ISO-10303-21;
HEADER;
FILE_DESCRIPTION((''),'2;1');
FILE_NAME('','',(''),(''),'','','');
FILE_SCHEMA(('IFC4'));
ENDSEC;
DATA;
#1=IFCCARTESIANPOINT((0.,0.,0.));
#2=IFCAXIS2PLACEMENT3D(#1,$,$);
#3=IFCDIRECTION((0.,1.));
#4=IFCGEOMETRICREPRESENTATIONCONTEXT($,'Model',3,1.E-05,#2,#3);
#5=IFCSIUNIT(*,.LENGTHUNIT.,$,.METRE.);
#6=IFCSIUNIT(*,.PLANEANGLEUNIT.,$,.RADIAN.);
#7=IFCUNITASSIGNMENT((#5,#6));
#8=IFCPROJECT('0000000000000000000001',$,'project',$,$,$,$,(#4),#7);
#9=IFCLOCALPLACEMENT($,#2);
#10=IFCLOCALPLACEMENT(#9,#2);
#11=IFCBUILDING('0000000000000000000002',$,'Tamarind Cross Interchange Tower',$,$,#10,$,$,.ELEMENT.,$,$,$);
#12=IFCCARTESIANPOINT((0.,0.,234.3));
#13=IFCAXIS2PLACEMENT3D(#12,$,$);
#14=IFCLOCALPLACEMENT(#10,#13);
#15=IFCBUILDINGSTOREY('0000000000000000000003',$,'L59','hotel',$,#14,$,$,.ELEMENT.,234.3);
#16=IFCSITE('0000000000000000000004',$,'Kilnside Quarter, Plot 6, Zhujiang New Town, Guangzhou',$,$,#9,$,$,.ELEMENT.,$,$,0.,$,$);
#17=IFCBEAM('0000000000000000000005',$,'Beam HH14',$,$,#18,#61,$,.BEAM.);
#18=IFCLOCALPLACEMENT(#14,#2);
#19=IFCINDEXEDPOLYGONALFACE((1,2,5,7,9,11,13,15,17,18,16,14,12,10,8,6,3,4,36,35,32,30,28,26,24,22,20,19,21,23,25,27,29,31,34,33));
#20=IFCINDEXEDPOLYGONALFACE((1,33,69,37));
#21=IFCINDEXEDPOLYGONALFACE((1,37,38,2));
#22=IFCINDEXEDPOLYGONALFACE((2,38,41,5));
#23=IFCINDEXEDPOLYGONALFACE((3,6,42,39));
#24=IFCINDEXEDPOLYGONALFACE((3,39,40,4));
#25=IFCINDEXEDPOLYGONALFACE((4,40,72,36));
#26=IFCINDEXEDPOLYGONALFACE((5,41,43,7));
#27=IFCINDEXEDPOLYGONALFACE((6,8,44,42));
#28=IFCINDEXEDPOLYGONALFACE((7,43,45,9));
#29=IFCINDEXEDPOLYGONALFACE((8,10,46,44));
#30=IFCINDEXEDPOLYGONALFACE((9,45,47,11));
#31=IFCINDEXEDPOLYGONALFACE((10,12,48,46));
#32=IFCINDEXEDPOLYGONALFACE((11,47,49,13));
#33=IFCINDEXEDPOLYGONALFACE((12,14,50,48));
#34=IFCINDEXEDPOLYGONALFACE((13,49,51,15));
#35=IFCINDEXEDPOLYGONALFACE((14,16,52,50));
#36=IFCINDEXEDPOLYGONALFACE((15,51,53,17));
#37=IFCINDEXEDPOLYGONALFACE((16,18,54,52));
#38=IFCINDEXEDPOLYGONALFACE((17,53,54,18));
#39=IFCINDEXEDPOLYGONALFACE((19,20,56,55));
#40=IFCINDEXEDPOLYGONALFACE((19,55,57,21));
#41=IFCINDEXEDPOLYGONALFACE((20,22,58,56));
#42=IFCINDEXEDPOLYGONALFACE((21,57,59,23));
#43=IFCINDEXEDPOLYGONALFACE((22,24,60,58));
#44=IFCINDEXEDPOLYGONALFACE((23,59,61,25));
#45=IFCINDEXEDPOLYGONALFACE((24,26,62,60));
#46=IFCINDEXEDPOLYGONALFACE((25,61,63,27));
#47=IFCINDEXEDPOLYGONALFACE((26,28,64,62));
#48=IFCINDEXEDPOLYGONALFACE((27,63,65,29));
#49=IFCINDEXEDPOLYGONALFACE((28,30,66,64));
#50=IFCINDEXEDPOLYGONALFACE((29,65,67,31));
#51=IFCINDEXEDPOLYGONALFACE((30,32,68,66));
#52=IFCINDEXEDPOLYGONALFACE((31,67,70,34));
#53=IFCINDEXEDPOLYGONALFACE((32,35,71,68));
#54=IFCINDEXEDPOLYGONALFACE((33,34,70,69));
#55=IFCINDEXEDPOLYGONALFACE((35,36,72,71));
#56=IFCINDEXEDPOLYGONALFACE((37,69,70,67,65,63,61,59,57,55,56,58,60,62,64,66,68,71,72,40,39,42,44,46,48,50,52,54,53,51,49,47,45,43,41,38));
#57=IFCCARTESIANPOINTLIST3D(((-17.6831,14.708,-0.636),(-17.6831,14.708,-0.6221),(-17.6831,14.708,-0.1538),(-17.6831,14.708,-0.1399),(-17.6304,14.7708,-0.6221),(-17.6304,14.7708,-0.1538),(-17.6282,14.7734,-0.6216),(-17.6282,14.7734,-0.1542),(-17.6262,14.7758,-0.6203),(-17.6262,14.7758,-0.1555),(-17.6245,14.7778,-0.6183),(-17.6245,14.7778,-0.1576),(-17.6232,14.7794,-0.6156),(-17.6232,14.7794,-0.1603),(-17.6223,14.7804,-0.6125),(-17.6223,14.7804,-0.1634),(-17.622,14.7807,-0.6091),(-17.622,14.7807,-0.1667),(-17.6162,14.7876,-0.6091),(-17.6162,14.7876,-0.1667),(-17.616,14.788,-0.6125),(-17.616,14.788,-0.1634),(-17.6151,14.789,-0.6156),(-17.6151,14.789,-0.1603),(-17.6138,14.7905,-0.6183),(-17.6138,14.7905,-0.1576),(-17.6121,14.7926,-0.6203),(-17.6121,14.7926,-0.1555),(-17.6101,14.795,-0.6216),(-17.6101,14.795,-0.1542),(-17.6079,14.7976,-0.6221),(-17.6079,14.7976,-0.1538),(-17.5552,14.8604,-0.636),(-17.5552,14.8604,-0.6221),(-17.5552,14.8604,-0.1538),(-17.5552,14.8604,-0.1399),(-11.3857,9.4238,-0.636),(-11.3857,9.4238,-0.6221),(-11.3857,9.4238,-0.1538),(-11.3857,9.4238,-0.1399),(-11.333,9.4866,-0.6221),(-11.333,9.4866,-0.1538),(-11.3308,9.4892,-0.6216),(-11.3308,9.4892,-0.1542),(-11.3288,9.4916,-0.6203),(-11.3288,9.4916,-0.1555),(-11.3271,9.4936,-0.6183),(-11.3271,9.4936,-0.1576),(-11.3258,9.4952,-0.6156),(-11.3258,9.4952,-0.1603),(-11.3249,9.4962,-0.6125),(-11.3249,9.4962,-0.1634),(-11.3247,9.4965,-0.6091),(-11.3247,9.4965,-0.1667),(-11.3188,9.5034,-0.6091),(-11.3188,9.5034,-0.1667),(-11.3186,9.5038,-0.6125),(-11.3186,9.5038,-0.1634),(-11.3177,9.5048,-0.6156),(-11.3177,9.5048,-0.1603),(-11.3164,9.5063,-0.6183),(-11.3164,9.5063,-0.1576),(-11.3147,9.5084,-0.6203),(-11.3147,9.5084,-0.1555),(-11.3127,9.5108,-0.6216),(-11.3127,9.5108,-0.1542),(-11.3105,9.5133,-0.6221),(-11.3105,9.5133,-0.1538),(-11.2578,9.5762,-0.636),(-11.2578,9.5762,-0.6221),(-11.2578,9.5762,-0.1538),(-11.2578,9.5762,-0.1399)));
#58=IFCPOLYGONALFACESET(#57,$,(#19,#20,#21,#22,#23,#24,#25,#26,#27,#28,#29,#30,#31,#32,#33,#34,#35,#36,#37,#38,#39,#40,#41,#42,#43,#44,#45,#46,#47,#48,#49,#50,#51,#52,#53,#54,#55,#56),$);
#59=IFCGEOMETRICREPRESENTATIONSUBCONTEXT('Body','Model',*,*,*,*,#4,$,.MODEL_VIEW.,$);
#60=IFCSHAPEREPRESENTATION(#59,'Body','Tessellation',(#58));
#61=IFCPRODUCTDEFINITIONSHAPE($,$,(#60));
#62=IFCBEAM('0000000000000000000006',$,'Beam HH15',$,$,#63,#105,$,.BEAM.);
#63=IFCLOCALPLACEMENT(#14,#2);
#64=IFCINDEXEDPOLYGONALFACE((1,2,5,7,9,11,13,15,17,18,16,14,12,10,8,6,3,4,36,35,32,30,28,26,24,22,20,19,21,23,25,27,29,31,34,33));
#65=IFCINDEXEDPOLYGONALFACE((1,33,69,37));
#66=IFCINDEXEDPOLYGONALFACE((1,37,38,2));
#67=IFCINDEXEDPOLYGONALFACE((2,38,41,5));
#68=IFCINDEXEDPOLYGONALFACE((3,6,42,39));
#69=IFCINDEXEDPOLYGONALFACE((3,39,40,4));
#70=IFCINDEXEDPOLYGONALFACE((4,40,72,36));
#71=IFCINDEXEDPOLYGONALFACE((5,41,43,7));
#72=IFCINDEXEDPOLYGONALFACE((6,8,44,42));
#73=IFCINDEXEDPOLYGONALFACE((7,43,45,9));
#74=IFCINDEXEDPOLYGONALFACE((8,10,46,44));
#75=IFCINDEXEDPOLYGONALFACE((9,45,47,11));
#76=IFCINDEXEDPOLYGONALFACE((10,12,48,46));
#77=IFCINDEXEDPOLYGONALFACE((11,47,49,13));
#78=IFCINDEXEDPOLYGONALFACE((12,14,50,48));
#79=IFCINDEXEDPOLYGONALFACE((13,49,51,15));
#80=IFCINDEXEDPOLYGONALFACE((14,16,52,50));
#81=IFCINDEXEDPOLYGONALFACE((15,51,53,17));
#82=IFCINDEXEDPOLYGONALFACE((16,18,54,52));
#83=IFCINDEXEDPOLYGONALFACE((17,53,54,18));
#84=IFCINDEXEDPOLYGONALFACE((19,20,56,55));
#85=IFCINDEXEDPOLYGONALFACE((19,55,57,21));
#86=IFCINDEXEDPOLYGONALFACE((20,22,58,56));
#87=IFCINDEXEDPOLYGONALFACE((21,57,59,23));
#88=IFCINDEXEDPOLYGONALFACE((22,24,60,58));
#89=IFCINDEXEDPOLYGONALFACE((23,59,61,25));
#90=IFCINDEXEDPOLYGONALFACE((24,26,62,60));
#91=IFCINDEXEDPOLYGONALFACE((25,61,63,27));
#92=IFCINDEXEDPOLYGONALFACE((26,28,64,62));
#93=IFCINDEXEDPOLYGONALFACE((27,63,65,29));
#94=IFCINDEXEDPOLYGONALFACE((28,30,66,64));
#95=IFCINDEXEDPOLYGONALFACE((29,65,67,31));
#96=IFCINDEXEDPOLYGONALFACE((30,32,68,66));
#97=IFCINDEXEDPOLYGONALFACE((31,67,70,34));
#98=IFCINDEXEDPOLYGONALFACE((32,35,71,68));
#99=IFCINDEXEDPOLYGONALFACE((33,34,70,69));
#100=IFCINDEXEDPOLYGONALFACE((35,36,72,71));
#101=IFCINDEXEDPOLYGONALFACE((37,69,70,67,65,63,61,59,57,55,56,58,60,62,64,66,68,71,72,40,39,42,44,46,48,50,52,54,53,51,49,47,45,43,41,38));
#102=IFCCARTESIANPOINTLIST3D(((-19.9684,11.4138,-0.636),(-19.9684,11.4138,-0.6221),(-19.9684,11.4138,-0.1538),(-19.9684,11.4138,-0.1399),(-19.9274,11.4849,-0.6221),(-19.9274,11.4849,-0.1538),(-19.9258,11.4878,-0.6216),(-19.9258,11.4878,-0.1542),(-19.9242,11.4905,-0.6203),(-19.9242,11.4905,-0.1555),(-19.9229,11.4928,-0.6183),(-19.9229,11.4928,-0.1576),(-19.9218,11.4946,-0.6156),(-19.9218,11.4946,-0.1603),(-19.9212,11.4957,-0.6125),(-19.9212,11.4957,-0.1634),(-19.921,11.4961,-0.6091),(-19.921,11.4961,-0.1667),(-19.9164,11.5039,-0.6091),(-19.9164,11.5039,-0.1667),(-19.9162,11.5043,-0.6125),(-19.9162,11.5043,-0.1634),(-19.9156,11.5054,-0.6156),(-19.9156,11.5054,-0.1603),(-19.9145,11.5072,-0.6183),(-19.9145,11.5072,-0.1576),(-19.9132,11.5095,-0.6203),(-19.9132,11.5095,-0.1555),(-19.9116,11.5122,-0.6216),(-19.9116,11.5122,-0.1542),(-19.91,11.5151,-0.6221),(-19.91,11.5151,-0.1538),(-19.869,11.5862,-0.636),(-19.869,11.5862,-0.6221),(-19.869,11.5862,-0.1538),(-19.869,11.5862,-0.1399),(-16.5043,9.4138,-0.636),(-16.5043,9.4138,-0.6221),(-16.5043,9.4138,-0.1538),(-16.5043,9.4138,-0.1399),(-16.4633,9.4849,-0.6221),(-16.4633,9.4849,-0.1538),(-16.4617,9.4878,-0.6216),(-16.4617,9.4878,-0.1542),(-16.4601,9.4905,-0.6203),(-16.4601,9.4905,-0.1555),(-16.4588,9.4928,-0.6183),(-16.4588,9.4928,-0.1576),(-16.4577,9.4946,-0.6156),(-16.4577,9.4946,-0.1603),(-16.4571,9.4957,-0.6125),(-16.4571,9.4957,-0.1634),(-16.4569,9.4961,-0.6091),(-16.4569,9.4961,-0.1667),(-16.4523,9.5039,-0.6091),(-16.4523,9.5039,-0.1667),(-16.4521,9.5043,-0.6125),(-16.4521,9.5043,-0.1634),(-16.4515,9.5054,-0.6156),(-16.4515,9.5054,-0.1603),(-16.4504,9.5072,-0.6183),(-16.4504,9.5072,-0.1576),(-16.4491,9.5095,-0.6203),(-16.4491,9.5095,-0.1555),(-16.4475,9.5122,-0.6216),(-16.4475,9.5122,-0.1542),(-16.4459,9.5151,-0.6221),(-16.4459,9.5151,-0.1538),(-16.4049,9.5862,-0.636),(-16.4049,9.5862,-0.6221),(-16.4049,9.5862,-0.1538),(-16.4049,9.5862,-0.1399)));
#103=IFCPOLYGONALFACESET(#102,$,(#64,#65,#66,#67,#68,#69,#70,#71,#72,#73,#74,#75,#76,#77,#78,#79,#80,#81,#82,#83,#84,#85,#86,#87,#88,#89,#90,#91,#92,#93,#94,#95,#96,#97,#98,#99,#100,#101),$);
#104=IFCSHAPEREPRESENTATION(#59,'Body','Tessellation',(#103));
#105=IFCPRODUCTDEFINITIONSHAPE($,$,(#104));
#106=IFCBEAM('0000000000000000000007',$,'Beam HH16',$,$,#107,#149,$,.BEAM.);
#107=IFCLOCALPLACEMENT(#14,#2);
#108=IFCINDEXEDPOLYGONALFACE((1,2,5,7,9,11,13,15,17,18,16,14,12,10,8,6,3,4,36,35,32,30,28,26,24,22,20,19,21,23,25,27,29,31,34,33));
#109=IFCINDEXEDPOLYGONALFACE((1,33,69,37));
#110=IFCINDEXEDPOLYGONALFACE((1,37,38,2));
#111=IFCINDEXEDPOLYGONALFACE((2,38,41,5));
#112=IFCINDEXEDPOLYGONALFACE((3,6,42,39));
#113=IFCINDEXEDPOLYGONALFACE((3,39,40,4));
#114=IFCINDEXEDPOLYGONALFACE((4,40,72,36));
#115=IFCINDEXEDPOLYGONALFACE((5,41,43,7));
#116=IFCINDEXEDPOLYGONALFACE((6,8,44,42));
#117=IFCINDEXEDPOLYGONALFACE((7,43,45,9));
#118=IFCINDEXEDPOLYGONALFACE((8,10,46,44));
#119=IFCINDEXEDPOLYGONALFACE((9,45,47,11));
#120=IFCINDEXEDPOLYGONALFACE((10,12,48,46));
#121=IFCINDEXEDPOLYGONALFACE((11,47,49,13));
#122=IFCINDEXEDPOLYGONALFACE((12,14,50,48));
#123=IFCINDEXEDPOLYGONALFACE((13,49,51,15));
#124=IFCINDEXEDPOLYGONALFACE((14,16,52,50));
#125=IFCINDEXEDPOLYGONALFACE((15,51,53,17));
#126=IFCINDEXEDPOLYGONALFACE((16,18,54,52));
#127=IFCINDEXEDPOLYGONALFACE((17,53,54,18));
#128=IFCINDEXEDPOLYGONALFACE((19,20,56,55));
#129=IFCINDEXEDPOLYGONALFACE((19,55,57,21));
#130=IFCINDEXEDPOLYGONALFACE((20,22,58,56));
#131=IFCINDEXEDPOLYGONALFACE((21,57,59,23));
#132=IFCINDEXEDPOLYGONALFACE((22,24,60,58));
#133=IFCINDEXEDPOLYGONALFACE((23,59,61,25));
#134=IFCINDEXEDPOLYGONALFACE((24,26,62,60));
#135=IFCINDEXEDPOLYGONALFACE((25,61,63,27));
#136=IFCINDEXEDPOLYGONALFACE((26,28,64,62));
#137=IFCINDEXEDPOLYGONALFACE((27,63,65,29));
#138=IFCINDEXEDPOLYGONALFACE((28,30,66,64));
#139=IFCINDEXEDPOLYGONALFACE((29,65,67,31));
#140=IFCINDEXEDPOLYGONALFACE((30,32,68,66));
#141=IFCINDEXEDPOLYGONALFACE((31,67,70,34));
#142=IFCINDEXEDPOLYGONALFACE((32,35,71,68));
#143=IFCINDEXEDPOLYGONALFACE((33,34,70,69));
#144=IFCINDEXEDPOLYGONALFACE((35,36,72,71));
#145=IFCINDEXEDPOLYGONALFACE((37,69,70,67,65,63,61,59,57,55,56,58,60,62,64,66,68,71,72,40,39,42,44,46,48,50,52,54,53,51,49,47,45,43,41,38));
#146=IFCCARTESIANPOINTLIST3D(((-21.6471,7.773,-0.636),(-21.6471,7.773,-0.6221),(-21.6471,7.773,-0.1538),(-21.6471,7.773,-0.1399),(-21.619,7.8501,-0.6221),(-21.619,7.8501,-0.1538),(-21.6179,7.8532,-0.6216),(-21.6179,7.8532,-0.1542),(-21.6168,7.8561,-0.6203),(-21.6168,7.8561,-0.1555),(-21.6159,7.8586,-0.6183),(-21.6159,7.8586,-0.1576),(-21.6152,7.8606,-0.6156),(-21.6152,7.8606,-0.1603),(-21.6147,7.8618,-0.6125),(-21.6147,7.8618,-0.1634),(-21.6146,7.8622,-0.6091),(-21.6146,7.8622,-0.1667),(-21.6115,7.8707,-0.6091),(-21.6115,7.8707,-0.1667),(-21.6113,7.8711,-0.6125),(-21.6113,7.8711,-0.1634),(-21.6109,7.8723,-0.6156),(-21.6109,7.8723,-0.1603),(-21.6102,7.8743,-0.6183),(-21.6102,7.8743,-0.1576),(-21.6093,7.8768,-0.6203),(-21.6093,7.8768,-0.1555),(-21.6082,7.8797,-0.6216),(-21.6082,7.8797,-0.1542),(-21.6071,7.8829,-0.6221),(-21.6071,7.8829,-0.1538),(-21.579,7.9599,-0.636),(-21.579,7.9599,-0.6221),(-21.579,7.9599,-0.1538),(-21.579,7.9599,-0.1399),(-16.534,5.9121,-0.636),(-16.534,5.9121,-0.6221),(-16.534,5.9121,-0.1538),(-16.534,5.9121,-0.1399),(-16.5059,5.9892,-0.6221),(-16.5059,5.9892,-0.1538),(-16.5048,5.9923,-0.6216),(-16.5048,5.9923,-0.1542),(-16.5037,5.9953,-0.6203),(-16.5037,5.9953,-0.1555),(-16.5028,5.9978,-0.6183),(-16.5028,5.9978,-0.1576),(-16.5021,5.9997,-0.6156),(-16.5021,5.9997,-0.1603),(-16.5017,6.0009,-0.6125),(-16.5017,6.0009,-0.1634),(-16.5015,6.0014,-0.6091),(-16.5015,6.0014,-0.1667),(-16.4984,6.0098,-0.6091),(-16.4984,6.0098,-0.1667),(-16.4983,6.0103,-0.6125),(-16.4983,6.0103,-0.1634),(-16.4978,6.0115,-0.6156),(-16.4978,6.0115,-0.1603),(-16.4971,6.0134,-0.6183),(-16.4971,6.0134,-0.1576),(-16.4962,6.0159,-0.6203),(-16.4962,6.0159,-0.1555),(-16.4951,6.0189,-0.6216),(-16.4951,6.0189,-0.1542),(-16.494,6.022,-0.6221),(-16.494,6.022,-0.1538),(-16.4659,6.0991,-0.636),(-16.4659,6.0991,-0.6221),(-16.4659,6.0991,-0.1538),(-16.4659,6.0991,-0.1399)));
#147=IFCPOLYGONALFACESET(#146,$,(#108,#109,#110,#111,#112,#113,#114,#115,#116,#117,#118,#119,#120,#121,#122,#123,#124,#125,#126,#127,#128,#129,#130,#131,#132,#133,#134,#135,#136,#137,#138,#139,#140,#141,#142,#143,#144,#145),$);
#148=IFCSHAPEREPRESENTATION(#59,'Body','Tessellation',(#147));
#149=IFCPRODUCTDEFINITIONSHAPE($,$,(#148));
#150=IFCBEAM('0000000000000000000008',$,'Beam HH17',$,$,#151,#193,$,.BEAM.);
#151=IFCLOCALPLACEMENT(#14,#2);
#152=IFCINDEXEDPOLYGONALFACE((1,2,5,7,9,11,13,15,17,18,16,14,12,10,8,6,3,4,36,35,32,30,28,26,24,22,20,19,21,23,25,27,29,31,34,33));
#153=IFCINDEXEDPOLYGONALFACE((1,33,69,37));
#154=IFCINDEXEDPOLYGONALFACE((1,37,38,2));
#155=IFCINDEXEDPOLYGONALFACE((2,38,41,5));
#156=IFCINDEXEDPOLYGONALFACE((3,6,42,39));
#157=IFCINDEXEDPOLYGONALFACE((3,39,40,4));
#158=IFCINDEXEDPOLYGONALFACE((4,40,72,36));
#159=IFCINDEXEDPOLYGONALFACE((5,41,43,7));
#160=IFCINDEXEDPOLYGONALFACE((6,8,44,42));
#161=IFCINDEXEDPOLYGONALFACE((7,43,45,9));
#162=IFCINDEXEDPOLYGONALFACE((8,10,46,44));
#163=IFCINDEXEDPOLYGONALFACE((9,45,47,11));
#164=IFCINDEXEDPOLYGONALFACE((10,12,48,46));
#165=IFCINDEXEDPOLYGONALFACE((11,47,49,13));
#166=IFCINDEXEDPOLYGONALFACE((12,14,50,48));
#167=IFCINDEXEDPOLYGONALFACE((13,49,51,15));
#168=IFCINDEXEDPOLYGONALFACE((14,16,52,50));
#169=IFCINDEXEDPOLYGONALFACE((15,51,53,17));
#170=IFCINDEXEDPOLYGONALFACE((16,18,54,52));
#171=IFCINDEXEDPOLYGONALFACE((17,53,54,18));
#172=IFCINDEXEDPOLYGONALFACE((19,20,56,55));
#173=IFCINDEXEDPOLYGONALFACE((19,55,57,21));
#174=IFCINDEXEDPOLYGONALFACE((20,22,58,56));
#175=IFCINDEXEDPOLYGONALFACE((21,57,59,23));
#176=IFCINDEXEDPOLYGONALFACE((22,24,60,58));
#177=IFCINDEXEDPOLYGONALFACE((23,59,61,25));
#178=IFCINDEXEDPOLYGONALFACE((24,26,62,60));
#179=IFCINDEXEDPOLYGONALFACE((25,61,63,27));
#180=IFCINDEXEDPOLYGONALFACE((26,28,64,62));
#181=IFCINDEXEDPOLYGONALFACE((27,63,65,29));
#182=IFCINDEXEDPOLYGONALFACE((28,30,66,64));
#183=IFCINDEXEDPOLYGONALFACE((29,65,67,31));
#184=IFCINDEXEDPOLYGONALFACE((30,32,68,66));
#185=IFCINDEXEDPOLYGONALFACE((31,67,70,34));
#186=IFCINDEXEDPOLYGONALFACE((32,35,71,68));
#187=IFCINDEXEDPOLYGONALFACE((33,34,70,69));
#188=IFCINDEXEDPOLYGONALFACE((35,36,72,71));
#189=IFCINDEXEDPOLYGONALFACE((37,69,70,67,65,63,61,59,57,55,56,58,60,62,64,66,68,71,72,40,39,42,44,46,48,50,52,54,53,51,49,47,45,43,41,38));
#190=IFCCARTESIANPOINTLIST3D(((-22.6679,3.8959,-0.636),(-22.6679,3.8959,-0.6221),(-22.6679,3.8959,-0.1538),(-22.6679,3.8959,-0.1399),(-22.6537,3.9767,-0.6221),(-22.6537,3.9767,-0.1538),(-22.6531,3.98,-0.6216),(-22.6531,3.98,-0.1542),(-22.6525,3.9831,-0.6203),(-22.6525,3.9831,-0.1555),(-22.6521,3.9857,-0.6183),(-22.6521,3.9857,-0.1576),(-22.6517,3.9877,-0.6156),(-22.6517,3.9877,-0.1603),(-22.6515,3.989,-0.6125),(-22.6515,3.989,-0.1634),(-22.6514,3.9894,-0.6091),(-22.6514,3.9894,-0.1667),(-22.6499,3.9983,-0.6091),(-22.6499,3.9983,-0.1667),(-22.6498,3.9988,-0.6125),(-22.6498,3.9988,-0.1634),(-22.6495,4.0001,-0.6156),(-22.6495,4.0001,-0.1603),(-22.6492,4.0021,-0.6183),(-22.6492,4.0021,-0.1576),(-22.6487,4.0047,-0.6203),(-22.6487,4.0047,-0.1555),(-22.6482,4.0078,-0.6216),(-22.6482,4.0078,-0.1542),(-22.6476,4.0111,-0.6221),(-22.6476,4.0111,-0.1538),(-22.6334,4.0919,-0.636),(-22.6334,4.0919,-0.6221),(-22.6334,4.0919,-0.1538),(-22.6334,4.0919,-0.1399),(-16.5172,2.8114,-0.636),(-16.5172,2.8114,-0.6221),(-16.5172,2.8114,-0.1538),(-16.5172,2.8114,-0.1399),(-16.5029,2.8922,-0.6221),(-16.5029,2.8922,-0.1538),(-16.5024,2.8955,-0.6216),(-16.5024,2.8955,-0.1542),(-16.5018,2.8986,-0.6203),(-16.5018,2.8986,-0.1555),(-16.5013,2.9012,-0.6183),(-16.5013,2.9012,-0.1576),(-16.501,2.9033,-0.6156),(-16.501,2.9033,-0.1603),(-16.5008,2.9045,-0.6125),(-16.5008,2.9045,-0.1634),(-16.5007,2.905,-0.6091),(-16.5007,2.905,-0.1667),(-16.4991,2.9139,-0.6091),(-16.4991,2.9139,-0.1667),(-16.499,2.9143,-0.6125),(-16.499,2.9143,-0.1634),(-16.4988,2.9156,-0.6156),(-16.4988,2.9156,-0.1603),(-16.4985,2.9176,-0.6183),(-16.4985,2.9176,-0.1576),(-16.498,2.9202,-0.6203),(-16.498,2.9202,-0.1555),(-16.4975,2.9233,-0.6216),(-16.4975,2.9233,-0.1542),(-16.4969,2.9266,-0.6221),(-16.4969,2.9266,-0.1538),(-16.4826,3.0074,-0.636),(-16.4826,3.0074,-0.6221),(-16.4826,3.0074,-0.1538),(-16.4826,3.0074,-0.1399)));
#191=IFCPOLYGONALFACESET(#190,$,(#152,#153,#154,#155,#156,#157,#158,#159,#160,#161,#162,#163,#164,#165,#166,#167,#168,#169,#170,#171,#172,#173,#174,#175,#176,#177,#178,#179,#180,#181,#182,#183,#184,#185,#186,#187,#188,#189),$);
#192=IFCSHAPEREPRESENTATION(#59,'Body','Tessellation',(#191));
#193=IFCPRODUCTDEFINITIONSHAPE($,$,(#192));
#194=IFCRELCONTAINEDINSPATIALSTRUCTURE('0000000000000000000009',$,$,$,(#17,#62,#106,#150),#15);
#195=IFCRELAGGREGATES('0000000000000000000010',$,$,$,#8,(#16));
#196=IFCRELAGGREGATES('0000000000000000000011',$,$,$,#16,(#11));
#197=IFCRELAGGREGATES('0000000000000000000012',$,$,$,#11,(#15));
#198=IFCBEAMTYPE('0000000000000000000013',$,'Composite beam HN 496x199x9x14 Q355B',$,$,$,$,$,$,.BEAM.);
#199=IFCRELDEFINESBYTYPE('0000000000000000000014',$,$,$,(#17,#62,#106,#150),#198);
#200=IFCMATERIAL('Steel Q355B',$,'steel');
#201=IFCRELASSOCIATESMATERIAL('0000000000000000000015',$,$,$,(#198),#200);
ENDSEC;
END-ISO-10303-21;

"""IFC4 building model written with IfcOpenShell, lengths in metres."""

from ifc_helpers import new_model, si_unit, direction, frame, origin, origin_2d, place, context, subcontext, project, spatial, i_section, extrude, material, material_profile, profile_set, type_object, element, save


model = new_model("IFC4")

# Units and contexts
model_context = context("Model", 3, precision=1e-05, world=origin(), true_north=direction((0.0, 1.0)))
body_context = subcontext(model_context, "Body", "Model", "MODEL_VIEW")
ifc_project = project(units=[si_unit("LENGTHUNIT", "METRE"), si_unit("PLANEANGLEUNIT", "RADIAN")], contexts=[model_context])

# Site, building, storey
site_placement = place(None, origin())
site = spatial("IfcSite", under=ifc_project, at=site_placement, Name="Kilnside Quarter, Plot 6, Zhujiang New Town, Guangzhou", CompositionType="ELEMENT", RefElevation=0.0)
building_placement = place(site_placement, origin())
building = spatial("IfcBuilding", under=site, at=building_placement, Name="Tamarind Cross Interchange Tower", CompositionType="ELEMENT")
storey_placement = place(building_placement, frame((0.0, 0.0, 234.3)))
storey = spatial("IfcBuildingStorey", under=building, at=storey_placement, Name="L59", Description="hotel", CompositionType="ELEMENT", Elevation=234.3)

# Beams
ifc_material_1 = material(Name="Steel Q355B", Category="steel")
ifc_material_profile_1 = material_profile(ifc_material_1, i_section(OverallWidth=0.199, OverallDepth=0.4961, WebThickness=0.009, FlangeThickness=0.0139, FilletRadius=0.0129, at=origin_2d()), Name="HN 496x199x9x14")
ifc_profile_set_1 = profile_set([ifc_material_profile_1], Name="Steel Q355B")
beam_type = type_object("IfcBeamType", Name="Composite beam HN 496x199x9x14 Q355B", PredefinedType="BEAM", material=ifc_profile_set_1)
beam_1_placement = place(storey_placement, frame((-17.6191, 14.7842, -0.3879), z_axis=(0.766041, -0.642792, 0.0), x_axis=(0.642792, 0.766041, 0.0)))
element("IfcBeam", 1, at=beam_1_placement, inside=storey, type_object=beam_type, Name="Beam HH14", PredefinedType="BEAM", context=body_context, shape_type="SweptSolid", body=[
    extrude(i_section(OverallWidth=0.199, OverallDepth=0.4961, WebThickness=0.009, FlangeThickness=0.0139, FilletRadius=0.0129, at=origin_2d()), origin(), (0.0, 0.0, 1.0), 8.2207),
])
beam_2_placement = place(storey_placement, frame((-19.9187, 11.5, -0.3879), z_axis=(0.866026, -0.499999, 0.0), x_axis=(0.499999, 0.866026, 0.0)))
element("IfcBeam", 2, at=beam_2_placement, inside=storey, type_object=beam_type, Name="Beam HH15", PredefinedType="BEAM", context=body_context, shape_type="SweptSolid", body=[
    extrude(i_section(OverallWidth=0.199, OverallDepth=0.4961, WebThickness=0.009, FlangeThickness=0.0139, FilletRadius=0.0129, at=origin_2d()), origin(), (0.0, 0.0, 1.0), 4.0),
])
beam_3_placement = place(storey_placement, frame((-21.613, 7.8665, -0.3879), z_axis=(0.939702, -0.341995, 0.0), x_axis=(0.341995, 0.939702, 0.0)))
element("IfcBeam", 3, at=beam_3_placement, inside=storey, type_object=beam_type, Name="Beam HH16", PredefinedType="BEAM", context=body_context, shape_type="SweptSolid", body=[
    extrude(i_section(OverallWidth=0.199, OverallDepth=0.4961, WebThickness=0.009, FlangeThickness=0.0139, FilletRadius=0.0129, at=origin_2d()), origin(), (0.0, 0.0, 1.0), 5.4412),
])
beam_4_placement = place(storey_placement, frame((-22.6506, 3.9939, -0.3879), z_axis=(0.984809, -0.17364, 0.0), x_axis=(0.17364, 0.984809, 0.0)))
element("IfcBeam", 4, at=beam_4_placement, inside=storey, type_object=beam_type, Name="Beam HH17", PredefinedType="BEAM", context=body_context, shape_type="SweptSolid", body=[
    extrude(i_section(OverallWidth=0.199, OverallDepth=0.4961, WebThickness=0.009, FlangeThickness=0.0139, FilletRadius=0.0129, at=origin_2d()), origin(), (0.0, 0.0, 1.0), 6.2456),
])

save(model, "model.ifc")
